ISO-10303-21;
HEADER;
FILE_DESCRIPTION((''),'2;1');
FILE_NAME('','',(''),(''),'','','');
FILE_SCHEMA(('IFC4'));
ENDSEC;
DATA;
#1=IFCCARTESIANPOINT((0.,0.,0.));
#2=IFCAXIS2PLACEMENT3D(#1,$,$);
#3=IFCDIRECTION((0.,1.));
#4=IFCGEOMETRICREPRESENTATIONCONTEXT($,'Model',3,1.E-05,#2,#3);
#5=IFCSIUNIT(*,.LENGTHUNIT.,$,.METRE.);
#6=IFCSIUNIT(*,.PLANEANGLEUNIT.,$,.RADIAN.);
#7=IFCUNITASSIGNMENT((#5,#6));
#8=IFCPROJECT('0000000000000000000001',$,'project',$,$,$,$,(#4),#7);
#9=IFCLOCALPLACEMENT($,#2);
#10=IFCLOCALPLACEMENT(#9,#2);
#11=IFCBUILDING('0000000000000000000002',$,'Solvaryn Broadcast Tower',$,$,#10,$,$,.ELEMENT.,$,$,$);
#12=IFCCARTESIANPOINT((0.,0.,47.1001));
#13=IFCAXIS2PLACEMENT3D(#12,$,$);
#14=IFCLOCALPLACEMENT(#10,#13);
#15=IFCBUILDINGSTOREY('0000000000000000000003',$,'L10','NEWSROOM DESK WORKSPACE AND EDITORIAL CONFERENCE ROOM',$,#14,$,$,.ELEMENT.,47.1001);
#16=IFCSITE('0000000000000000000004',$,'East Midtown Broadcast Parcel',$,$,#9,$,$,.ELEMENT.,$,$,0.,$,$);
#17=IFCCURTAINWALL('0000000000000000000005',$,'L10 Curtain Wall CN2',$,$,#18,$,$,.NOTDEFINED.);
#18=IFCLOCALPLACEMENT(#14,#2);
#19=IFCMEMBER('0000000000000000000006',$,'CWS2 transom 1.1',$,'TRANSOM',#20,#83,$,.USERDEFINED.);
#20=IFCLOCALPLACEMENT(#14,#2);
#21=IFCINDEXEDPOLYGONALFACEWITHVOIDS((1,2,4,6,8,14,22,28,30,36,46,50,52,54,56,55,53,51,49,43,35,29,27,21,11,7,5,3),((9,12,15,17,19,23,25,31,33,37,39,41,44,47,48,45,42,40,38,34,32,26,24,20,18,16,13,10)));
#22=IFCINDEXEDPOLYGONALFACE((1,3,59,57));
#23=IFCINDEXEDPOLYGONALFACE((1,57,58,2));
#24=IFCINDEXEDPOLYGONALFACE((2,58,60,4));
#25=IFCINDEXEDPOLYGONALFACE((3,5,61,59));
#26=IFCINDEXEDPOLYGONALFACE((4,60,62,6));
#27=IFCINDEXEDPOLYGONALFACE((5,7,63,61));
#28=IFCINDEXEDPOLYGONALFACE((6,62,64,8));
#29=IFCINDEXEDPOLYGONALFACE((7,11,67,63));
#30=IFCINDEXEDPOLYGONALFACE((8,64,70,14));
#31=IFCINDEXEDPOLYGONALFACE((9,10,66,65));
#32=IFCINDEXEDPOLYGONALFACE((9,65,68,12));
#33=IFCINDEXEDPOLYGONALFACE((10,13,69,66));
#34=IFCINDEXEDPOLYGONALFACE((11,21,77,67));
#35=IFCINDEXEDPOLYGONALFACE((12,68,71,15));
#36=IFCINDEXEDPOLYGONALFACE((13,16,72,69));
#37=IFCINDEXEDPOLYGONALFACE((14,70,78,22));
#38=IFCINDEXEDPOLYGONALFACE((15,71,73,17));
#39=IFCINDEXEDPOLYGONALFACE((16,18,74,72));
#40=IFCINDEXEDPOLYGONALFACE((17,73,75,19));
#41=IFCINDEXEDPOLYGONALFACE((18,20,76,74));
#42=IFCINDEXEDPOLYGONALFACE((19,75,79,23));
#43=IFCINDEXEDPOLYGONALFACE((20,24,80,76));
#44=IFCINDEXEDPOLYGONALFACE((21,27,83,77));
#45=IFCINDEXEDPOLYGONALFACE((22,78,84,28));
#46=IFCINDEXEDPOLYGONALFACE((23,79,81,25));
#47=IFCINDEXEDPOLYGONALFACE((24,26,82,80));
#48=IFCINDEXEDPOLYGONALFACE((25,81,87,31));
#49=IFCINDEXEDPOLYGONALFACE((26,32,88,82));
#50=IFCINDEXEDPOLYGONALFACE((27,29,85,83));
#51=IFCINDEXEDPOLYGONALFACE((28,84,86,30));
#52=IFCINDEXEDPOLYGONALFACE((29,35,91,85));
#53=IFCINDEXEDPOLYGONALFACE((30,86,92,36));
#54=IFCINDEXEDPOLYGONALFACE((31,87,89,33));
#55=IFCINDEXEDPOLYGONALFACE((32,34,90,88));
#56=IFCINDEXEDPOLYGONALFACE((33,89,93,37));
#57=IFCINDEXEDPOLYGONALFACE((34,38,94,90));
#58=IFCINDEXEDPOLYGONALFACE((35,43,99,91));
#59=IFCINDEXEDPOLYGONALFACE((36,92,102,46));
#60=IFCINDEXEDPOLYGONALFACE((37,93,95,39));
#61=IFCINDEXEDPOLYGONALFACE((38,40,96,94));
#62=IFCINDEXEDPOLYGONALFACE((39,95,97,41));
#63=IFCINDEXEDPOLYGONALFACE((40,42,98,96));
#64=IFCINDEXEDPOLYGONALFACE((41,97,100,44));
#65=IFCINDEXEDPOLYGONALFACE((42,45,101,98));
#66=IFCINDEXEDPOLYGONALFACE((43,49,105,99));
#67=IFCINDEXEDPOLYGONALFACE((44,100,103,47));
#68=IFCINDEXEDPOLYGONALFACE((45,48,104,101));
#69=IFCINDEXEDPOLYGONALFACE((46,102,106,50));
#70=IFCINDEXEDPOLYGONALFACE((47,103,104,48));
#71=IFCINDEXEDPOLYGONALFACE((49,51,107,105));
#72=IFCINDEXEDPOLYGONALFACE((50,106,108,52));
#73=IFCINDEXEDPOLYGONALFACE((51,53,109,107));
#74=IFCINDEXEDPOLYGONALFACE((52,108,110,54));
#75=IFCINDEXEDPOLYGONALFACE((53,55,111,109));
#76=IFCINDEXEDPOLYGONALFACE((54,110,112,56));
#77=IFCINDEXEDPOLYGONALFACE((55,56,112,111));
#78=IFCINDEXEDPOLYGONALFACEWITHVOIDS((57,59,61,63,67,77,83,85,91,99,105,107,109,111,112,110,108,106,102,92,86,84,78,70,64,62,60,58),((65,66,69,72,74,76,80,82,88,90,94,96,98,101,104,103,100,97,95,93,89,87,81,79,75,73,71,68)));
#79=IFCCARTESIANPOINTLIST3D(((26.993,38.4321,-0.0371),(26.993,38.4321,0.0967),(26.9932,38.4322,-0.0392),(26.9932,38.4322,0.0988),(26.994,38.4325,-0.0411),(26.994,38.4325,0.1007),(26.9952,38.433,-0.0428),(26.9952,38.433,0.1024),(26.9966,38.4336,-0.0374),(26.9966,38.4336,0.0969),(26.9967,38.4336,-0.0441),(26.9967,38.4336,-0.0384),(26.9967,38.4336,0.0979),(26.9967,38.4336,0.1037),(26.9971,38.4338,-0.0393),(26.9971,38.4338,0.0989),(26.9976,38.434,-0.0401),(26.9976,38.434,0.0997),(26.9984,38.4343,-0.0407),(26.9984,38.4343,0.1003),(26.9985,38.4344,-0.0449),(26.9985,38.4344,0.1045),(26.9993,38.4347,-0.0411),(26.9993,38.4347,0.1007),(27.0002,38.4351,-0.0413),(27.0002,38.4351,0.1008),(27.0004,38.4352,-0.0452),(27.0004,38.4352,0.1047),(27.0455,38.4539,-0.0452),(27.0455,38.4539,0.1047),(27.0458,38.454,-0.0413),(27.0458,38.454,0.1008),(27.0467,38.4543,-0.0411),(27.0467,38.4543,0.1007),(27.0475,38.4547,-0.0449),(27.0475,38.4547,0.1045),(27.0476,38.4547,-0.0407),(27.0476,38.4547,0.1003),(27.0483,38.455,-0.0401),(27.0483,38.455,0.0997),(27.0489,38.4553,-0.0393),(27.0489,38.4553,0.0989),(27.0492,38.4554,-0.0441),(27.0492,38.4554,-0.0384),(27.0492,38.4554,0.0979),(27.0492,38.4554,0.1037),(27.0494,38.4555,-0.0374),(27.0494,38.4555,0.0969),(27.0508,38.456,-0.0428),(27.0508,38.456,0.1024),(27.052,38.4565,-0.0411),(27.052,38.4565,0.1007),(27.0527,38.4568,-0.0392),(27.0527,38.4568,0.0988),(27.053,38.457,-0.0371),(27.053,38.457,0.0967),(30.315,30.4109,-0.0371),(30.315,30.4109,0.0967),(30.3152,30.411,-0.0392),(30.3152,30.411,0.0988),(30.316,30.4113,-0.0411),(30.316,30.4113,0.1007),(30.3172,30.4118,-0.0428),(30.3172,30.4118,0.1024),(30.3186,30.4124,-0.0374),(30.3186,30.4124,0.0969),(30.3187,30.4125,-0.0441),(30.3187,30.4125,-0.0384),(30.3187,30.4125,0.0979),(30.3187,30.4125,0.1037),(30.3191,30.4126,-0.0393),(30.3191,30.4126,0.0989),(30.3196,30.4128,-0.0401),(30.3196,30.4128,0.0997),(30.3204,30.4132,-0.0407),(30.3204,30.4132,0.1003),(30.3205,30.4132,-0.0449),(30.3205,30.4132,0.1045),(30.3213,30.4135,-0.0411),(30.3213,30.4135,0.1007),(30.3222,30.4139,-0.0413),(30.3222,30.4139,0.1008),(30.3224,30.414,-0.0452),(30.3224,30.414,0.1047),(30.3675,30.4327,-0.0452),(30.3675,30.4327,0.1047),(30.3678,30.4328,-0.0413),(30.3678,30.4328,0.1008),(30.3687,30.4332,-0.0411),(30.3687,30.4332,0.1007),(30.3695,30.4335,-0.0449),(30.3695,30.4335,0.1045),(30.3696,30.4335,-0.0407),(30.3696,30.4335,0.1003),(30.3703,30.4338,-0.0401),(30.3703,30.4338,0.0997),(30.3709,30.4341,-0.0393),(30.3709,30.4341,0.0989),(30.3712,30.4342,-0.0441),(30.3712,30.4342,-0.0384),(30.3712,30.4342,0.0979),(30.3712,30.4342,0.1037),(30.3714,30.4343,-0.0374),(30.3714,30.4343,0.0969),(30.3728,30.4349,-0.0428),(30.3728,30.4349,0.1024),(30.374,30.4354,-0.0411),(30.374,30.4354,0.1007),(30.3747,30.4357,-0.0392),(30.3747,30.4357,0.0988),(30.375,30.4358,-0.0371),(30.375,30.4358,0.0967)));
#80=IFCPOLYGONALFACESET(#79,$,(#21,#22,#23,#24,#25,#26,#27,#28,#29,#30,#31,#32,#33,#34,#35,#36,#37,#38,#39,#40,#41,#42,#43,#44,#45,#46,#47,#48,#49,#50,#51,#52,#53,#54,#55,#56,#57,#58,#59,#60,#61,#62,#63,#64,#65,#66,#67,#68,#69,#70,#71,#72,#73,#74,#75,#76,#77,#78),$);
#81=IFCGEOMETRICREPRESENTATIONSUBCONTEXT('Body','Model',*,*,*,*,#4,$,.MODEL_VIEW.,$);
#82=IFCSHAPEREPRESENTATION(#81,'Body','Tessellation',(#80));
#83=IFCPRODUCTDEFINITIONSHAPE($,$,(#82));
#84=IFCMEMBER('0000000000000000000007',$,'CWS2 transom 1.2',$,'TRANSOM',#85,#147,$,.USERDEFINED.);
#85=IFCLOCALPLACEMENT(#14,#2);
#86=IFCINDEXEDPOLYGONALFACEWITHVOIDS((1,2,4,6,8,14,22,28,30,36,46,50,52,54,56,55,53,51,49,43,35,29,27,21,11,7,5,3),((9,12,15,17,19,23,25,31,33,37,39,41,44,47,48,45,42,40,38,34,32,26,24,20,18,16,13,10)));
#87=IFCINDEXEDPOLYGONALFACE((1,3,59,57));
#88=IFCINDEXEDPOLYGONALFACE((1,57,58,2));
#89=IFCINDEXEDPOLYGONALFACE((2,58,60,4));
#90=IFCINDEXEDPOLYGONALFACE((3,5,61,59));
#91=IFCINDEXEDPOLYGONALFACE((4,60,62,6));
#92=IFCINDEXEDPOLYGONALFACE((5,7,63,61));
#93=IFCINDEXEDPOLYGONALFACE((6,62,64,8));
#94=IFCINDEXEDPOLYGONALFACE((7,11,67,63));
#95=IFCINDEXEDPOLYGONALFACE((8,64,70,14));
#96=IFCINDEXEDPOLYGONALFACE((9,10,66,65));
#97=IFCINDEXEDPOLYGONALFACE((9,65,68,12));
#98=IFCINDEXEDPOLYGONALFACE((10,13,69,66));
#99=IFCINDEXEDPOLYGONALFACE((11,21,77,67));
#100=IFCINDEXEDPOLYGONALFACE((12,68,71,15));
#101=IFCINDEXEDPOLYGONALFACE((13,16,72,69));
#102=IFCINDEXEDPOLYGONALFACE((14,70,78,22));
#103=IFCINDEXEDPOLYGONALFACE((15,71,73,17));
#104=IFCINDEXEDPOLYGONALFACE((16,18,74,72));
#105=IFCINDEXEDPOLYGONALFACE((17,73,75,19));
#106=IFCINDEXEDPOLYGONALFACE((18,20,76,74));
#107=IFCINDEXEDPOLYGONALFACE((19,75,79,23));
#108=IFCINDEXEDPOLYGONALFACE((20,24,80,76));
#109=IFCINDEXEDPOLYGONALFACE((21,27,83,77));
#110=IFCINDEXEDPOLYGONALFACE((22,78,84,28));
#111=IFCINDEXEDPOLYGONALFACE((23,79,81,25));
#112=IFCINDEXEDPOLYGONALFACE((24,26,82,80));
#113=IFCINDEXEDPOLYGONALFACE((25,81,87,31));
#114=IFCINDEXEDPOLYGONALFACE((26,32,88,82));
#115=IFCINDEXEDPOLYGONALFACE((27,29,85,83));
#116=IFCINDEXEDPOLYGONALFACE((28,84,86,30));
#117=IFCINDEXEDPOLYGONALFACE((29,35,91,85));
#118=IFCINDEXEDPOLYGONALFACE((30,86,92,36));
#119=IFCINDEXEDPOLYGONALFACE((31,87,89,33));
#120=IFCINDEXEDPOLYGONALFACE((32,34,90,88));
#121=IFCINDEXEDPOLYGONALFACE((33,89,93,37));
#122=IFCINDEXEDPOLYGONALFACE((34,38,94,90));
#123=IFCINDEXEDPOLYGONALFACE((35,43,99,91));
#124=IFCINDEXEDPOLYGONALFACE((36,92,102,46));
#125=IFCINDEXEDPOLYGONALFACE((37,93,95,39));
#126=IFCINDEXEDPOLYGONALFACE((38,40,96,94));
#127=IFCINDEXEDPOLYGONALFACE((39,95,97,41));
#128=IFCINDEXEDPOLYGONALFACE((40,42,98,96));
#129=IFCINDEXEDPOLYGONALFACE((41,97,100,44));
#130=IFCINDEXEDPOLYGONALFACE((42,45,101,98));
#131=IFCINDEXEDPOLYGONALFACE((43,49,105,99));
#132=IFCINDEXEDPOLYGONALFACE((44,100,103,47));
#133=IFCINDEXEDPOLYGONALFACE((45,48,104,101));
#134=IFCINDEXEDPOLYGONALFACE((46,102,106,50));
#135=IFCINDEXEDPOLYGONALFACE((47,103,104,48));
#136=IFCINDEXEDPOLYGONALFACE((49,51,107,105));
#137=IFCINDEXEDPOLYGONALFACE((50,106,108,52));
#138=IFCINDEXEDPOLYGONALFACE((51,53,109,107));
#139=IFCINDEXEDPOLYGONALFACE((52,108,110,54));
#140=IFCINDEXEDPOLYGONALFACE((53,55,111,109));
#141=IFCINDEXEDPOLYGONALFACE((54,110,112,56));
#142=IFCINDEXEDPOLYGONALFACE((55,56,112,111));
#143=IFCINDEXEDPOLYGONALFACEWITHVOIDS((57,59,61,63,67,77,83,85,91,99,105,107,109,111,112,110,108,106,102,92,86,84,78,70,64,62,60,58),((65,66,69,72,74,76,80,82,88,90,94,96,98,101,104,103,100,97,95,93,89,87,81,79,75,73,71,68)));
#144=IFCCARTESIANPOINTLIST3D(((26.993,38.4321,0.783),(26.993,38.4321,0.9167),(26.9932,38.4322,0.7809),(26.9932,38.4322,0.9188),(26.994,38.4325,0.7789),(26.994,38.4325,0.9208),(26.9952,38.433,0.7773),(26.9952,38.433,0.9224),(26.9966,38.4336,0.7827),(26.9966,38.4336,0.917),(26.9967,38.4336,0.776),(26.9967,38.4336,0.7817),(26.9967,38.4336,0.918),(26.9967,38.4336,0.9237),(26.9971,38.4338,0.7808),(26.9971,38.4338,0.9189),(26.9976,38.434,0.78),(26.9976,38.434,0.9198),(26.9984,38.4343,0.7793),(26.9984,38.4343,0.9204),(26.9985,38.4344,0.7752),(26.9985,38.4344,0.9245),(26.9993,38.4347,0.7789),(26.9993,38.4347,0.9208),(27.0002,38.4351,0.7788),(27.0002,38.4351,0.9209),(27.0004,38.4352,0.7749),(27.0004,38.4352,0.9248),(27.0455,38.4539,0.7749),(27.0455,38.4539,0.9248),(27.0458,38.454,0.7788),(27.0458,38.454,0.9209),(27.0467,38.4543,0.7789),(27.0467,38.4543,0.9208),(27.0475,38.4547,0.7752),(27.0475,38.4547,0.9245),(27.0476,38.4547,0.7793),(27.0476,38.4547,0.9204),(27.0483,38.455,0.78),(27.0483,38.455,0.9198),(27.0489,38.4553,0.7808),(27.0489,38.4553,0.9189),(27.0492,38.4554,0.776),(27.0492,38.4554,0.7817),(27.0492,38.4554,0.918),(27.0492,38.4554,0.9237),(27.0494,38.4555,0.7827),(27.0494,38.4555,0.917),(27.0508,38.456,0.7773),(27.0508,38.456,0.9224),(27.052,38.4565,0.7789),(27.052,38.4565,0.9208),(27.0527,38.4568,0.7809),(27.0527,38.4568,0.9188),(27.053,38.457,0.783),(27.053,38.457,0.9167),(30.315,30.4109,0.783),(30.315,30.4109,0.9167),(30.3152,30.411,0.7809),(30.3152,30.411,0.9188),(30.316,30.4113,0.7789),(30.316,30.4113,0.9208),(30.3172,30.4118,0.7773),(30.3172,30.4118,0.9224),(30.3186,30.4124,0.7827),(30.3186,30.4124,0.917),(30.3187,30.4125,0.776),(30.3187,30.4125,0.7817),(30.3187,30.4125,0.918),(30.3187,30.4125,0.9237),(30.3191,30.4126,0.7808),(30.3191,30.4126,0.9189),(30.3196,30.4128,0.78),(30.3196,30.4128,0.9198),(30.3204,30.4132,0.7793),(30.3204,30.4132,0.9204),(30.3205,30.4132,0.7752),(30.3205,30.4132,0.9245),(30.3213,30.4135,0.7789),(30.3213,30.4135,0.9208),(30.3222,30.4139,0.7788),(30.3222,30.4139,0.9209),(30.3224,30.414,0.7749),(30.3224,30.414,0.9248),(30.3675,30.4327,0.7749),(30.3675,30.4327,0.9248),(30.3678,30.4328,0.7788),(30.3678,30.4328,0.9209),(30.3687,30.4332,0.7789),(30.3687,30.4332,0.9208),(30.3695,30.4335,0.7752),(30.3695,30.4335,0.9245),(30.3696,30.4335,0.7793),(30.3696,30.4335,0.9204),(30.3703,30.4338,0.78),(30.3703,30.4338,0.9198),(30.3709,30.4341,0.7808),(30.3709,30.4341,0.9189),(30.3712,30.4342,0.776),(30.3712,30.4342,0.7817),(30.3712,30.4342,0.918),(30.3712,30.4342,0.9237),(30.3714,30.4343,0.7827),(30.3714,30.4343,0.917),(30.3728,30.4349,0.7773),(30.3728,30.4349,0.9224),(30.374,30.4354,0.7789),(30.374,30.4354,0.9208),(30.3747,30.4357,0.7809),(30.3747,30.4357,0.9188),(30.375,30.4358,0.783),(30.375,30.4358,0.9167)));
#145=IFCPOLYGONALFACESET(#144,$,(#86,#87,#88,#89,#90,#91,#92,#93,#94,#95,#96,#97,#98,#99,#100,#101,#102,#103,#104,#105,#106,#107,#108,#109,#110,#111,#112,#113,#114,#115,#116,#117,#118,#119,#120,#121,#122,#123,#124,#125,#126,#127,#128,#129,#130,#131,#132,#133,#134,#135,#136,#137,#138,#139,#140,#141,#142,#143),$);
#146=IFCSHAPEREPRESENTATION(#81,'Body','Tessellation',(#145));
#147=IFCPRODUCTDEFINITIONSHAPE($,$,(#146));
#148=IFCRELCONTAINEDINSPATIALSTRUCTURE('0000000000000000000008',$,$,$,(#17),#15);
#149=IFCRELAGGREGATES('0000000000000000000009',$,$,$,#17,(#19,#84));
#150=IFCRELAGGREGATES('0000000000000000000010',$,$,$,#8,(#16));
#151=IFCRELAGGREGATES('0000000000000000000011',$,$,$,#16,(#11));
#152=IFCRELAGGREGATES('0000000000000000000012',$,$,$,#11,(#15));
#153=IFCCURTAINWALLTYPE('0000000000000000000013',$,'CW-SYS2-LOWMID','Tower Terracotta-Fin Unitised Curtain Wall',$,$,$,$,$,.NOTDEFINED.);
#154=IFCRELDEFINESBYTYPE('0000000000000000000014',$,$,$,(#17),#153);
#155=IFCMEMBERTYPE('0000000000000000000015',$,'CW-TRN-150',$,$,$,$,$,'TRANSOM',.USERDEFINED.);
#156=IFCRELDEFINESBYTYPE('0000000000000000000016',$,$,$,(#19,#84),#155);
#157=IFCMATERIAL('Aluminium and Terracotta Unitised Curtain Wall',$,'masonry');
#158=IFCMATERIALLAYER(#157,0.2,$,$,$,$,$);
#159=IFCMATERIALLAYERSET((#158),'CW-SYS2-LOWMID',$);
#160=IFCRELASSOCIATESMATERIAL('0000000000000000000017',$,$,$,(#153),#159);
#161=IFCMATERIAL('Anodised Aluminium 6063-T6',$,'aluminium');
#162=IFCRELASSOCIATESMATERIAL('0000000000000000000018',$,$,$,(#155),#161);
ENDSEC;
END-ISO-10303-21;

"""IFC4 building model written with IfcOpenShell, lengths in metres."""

from ifc_helpers import new_model, si_unit, direction, frame, origin, origin_2d, place, context, subcontext, project, spatial, hollow_rectangle, extrude, material, layer, layer_set, material_profile, profile_set, type_object, element, aggregate, save


model = new_model("IFC4")

# Units and contexts
model_context = context("Model", 3, precision=1e-05, world=origin(), true_north=direction((0.0, 1.0)))
body_context = subcontext(model_context, "Body", "Model", "MODEL_VIEW")
ifc_project = project(units=[si_unit("LENGTHUNIT", "METRE"), si_unit("PLANEANGLEUNIT", "RADIAN")], contexts=[model_context])

# Site, building, storey
site_placement = place(None, origin())
site = spatial("IfcSite", under=ifc_project, at=site_placement, Name="East Midtown Broadcast Parcel", CompositionType="ELEMENT", RefElevation=0.0)
building_placement = place(site_placement, origin())
building = spatial("IfcBuilding", under=site, at=building_placement, Name="Solvaryn Broadcast Tower", CompositionType="ELEMENT")
storey_placement = place(building_placement, frame((0.0, 0.0, 47.1001)))
storey = spatial("IfcBuildingStorey", under=building, at=storey_placement, Name="L10", Description="NEWSROOM DESK WORKSPACE AND EDITORIAL CONFERENCE ROOM", CompositionType="ELEMENT", Elevation=47.1001)

# Shared definitions
ifc_material_1 = material(Name="Aluminium and Terracotta Unitised Curtain Wall", Category="masonry")
ifc_layer_1 = layer(ifc_material_1, 0.2)
ifc_layer_set_1 = layer_set([ifc_layer_1], Name="CW-SYS2-LOWMID")
curtain_wall_type = type_object("IfcCurtainWallType", Name="CW-SYS2-LOWMID", Description="Tower Terracotta-Fin Unitised Curtain Wall", PredefinedType="NOTDEFINED", material=ifc_layer_set_1)

# Curtain wall, members
curtain_wall_1_placement = place(storey_placement, origin())
curtain_wall_1 = element("IfcCurtainWall", 1, at=curtain_wall_1_placement, inside=storey, type_object=curtain_wall_type, Name="L10 Curtain Wall CN2", PredefinedType="NOTDEFINED")
ifc_material_2 = material(Name="Anodised Aluminium 6063-T6", Category="aluminium")
ifc_material_profile_1 = material_profile(ifc_material_2, hollow_rectangle(XDim=0.0649, YDim=0.1499, WallThickness=0.0039, InnerFilletRadius=0.0039, OuterFilletRadius=0.0081, at=origin_2d()))
ifc_profile_set_1 = profile_set([ifc_material_profile_1], Name="Anodised Aluminium 6063-T6")
member_type_1 = type_object("IfcMemberType", Name="CW-TRN-150", ElementType="TRANSOM", PredefinedType="USERDEFINED", material=ifc_profile_set_1)
member_1_placement = place(storey_placement, frame((30.345, 30.4233, 0.0298), z_axis=(-0.382636, 0.923899, 0.0), x_axis=(-0.923899, -0.382636, 0.0)))
member_1 = element("IfcMember", 2, at=member_1_placement, type_object=member_type_1, Name="CWS2 transom 1.1", ObjectType="TRANSOM", PredefinedType="USERDEFINED", context=body_context, shape_type="SweptSolid", body=[
    extrude(hollow_rectangle(XDim=0.0649, YDim=0.1499, WallThickness=0.0039, InnerFilletRadius=0.0039, OuterFilletRadius=0.0081, at=origin_2d()), origin(), (0.0, 0.0, 1.0), 8.6819),
])
member_2_placement = place(storey_placement, frame((30.345, 30.4233, 0.8499), z_axis=(-0.382636, 0.923899, 0.0), x_axis=(-0.923899, -0.382636, 0.0)))
member_2 = element("IfcMember", 3, at=member_2_placement, type_object=member_type_1, Name="CWS2 transom 1.2", ObjectType="TRANSOM", PredefinedType="USERDEFINED", context=body_context, shape_type="SweptSolid", body=[
    extrude(hollow_rectangle(XDim=0.0649, YDim=0.1499, WallThickness=0.0039, InnerFilletRadius=0.0039, OuterFilletRadius=0.0081, at=origin_2d()), origin(), (0.0, 0.0, 1.0), 8.6819),
])
aggregate(curtain_wall_1, [member_1, member_2])

save(model, "model.ifc")
